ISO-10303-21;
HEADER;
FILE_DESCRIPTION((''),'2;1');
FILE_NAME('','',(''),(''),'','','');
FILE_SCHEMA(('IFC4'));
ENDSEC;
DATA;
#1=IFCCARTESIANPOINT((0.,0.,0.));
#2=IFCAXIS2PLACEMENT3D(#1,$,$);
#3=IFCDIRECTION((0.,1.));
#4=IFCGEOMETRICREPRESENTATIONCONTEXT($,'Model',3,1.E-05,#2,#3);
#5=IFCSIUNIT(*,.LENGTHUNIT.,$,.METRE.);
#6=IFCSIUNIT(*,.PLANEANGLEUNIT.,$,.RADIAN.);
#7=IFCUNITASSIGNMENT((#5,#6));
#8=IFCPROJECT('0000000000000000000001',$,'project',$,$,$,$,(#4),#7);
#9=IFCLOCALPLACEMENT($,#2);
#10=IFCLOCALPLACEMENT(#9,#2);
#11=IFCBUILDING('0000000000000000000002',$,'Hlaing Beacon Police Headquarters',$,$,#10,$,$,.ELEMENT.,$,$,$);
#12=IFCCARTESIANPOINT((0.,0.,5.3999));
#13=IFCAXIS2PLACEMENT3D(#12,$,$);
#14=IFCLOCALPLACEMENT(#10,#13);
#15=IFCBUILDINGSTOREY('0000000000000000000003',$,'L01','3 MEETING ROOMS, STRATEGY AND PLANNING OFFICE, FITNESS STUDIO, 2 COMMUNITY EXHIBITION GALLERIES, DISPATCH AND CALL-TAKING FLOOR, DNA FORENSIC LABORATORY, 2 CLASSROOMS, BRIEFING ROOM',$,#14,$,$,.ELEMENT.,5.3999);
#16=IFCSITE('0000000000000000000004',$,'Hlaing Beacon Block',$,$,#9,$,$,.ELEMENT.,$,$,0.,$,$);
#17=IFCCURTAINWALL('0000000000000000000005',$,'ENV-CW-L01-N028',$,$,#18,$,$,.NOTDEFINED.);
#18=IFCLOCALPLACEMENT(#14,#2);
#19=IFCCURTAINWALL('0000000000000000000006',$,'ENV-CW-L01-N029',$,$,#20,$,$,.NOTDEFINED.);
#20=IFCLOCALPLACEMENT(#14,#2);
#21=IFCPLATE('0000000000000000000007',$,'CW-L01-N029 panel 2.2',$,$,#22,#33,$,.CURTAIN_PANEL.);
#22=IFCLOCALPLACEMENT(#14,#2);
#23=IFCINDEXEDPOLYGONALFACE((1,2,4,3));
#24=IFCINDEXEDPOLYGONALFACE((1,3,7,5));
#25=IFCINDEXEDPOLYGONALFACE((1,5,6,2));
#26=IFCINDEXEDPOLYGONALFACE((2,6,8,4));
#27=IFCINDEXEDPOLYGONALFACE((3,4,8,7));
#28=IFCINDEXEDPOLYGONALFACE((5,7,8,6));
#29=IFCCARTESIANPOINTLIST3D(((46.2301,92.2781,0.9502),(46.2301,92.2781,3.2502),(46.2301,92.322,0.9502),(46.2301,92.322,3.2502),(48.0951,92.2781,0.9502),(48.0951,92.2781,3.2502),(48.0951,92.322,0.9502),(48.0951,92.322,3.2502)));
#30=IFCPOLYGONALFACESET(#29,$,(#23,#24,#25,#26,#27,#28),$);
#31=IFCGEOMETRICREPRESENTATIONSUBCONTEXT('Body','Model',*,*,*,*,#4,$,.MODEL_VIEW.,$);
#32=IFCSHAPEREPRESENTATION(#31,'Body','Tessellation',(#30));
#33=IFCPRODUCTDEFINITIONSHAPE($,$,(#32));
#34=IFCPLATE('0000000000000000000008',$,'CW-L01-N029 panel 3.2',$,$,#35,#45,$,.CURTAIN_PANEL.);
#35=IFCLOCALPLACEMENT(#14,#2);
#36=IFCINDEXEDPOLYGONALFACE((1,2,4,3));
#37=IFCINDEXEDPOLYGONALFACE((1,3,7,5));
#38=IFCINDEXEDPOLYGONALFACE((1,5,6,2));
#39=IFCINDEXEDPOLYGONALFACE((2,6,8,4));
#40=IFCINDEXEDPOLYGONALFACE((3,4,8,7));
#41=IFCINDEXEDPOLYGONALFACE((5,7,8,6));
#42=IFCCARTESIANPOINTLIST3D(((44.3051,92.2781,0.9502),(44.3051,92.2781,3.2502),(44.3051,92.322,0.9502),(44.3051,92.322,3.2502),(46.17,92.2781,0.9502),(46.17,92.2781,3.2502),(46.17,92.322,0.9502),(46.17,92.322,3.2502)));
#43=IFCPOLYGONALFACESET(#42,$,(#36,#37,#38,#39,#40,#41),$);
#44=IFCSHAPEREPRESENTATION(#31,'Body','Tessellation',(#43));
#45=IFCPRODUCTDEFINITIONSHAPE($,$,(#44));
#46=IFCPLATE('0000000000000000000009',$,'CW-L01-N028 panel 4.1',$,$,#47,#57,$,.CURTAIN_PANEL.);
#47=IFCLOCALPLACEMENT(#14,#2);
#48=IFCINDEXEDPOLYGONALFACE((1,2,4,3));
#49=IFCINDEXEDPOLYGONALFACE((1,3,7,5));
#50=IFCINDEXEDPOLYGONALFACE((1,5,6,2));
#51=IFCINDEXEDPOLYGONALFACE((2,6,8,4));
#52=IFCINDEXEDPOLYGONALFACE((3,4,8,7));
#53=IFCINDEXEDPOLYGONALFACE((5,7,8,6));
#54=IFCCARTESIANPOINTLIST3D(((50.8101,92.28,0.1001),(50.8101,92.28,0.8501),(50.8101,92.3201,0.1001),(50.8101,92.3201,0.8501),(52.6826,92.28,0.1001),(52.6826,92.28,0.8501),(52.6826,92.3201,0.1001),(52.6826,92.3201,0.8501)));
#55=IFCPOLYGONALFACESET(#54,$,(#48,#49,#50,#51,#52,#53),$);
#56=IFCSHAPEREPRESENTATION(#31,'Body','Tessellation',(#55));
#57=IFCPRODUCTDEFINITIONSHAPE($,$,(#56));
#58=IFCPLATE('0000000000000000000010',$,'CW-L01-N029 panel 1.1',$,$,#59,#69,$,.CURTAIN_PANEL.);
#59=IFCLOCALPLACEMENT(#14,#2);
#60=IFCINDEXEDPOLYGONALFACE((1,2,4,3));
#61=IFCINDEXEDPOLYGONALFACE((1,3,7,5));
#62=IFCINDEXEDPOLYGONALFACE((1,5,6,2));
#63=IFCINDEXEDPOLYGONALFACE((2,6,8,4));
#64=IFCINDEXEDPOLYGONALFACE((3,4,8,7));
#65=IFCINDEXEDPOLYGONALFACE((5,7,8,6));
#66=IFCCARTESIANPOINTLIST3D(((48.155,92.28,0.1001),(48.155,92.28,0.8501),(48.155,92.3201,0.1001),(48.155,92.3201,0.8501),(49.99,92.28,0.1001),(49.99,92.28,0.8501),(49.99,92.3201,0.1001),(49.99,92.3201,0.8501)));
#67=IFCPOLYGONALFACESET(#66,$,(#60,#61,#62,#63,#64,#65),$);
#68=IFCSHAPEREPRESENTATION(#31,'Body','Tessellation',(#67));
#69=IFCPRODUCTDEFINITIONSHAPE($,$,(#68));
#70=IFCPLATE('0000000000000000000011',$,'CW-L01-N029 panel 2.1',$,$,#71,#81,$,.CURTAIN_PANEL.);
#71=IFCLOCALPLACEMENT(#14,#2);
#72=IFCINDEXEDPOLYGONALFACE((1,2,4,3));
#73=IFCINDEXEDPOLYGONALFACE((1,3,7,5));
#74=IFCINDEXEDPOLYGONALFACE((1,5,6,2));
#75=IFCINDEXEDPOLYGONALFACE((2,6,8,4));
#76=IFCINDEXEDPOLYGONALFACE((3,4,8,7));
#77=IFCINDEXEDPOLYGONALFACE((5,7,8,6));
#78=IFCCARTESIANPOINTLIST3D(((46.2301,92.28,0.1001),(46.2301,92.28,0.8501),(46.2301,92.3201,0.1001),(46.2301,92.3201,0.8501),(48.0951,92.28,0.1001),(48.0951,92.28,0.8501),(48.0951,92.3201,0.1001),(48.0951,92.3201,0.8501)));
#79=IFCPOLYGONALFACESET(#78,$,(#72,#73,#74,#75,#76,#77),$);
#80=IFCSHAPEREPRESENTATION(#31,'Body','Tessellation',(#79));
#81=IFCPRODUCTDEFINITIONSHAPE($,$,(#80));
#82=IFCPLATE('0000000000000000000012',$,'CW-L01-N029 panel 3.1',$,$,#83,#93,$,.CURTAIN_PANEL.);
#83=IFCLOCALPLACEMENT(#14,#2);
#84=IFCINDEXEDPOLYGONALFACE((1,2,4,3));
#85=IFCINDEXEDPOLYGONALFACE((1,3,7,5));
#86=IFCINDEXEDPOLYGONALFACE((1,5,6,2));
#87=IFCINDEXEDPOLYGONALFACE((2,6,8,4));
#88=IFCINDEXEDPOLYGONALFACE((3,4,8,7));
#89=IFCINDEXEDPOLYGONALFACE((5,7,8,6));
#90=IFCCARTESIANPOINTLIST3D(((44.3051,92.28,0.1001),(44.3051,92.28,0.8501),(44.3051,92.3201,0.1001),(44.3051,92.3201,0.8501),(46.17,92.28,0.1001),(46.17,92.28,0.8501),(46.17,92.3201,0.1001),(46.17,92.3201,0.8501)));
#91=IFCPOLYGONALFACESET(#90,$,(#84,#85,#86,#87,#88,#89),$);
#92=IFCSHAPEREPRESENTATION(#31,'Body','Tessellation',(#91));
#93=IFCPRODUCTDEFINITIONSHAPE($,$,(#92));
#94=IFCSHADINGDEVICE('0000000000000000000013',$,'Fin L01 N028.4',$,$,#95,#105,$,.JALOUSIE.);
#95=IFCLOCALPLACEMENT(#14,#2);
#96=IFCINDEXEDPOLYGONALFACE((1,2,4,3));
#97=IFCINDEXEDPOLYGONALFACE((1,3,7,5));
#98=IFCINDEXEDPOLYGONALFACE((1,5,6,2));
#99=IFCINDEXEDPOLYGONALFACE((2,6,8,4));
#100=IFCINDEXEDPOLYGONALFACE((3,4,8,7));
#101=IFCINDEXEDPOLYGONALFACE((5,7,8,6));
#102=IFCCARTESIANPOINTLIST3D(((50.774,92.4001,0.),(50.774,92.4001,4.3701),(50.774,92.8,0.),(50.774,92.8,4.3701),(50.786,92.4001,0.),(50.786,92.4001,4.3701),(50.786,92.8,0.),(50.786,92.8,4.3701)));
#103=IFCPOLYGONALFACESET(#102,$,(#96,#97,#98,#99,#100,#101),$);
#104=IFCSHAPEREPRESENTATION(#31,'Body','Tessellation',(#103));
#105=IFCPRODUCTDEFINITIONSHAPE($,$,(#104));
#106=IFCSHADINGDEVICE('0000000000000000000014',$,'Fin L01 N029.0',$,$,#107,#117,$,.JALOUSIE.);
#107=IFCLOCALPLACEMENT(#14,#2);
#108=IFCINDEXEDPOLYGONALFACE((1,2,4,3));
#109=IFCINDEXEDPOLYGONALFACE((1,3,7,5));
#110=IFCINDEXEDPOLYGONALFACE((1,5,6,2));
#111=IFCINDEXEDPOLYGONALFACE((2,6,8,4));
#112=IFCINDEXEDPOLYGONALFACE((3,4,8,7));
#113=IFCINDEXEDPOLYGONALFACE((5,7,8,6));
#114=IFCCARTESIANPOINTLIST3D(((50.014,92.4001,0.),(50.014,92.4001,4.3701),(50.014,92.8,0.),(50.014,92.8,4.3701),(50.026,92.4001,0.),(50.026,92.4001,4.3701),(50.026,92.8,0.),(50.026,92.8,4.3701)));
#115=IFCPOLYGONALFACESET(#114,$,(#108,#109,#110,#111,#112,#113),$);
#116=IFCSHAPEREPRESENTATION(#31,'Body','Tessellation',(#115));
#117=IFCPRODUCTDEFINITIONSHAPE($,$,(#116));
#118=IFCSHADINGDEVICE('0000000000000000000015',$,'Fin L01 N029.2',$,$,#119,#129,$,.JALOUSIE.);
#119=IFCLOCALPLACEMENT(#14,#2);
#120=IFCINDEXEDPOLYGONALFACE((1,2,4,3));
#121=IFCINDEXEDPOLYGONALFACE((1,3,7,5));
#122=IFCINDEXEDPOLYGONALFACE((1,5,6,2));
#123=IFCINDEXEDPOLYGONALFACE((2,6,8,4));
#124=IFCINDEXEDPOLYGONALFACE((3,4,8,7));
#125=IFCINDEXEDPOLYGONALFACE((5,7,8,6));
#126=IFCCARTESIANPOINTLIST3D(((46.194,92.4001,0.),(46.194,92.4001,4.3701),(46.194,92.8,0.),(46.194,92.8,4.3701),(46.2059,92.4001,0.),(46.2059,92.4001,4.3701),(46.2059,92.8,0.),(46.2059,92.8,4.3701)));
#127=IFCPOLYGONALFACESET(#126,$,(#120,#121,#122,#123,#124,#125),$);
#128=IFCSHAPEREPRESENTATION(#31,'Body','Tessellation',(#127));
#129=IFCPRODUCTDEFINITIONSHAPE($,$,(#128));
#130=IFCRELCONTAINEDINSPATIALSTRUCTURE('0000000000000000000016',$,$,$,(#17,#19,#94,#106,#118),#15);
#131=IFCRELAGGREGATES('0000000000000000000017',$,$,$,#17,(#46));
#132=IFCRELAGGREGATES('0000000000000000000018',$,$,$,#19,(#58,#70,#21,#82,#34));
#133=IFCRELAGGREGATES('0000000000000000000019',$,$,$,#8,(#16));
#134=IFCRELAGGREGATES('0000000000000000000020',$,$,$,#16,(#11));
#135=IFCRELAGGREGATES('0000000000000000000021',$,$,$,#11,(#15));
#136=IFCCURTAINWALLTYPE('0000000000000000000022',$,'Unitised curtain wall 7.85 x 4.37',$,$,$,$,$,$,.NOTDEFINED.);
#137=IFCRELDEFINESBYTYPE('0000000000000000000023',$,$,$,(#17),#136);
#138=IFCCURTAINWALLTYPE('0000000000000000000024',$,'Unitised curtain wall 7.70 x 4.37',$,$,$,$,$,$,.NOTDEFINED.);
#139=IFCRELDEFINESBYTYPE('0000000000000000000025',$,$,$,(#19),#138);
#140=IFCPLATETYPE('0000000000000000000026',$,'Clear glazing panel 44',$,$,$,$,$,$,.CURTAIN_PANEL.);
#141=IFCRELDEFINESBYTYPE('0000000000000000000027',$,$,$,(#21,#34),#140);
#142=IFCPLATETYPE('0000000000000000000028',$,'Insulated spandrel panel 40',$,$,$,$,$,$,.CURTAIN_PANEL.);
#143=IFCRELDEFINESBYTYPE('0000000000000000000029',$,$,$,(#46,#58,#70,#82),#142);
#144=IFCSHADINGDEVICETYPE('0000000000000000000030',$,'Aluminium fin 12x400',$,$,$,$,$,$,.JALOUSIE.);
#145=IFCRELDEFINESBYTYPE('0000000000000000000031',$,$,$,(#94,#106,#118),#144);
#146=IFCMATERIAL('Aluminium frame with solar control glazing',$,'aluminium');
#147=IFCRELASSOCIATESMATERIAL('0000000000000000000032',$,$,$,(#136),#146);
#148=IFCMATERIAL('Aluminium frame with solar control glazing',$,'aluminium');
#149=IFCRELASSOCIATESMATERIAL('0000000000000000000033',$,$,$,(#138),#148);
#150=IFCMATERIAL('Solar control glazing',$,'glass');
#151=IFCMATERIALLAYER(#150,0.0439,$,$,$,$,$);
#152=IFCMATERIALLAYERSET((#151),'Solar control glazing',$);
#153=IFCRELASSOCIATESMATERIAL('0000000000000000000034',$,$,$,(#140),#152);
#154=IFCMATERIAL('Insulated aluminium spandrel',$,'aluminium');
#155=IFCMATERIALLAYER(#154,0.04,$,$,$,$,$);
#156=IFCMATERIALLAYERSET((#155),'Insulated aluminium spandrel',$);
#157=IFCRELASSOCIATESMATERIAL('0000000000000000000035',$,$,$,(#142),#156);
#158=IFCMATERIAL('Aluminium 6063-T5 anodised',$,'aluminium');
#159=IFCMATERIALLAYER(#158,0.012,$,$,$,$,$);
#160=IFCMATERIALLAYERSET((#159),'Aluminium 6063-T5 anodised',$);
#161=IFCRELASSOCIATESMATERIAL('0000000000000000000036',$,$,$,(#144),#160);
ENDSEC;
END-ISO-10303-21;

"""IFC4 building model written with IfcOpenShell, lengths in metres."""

from ifc_helpers import new_model, si_unit, direction, frame, origin, origin_2d, place, context, subcontext, project, spatial, rectangle, extrude, material, layer, layer_set, type_object, element, aggregate, save


model = new_model("IFC4")

# Units and contexts
model_context = context("Model", 3, precision=1e-05, world=origin(), true_north=direction((0.0, 1.0)))
body_context = subcontext(model_context, "Body", "Model", "MODEL_VIEW")
ifc_project = project(units=[si_unit("LENGTHUNIT", "METRE"), si_unit("PLANEANGLEUNIT", "RADIAN")], contexts=[model_context])

# Site, building, storey
site_placement = place(None, origin())
site = spatial("IfcSite", under=ifc_project, at=site_placement, Name="Hlaing Beacon Block", CompositionType="ELEMENT", RefElevation=0.0)
building_placement = place(site_placement, origin())
building = spatial("IfcBuilding", under=site, at=building_placement, Name="Hlaing Beacon Police Headquarters", CompositionType="ELEMENT")
storey_placement = place(building_placement, frame((0.0, 0.0, 5.3999)))
storey = spatial("IfcBuildingStorey", under=building, at=storey_placement, Name="L01", Description="3 MEETING ROOMS, STRATEGY AND PLANNING OFFICE, FITNESS STUDIO, 2 COMMUNITY EXHIBITION GALLERIES, DISPATCH AND CALL-TAKING FLOOR, DNA FORENSIC LABORATORY, 2 CLASSROOMS, BRIEFING ROOM", CompositionType="ELEMENT", Elevation=5.3999)

# Curtain wall
ifc_material_1 = material(Name="Aluminium frame with solar control glazing", Category="aluminium")
curtain_wall_type_1 = type_object("IfcCurtainWallType", Name="Unitised curtain wall 7.85 x 4.37", PredefinedType="NOTDEFINED", material=ifc_material_1)
curtain_wall_1_placement = place(storey_placement, origin())
curtain_wall_1 = element("IfcCurtainWall", 1, at=curtain_wall_1_placement, inside=storey, type_object=curtain_wall_type_1, Name="ENV-CW-L01-N028", PredefinedType="NOTDEFINED")

# Curtain wall, plates
ifc_material_2 = material(Name="Aluminium frame with solar control glazing", Category="aluminium")
curtain_wall_type_2 = type_object("IfcCurtainWallType", Name="Unitised curtain wall 7.70 x 4.37", PredefinedType="NOTDEFINED", material=ifc_material_2)
curtain_wall_2_placement = place(storey_placement, origin())
curtain_wall_2 = element("IfcCurtainWall", 2, at=curtain_wall_2_placement, inside=storey, type_object=curtain_wall_type_2, Name="ENV-CW-L01-N029", PredefinedType="NOTDEFINED")
ifc_material_3 = material(Name="Solar control glazing", Category="glass")
ifc_layer_1 = layer(ifc_material_3, 0.0439)
ifc_layer_set_1 = layer_set([ifc_layer_1], Name="Solar control glazing")
plate_type_1 = type_object("IfcPlateType", Name="Clear glazing panel 44", PredefinedType="CURTAIN_PANEL", material=ifc_layer_set_1)
plate_1_placement = place(storey_placement, frame((47.1626, 92.3, 0.9502), z_axis=(0.0, 0.0, 1.0), x_axis=(-1.0, 0.0, 0.0)))
plate_1 = element("IfcPlate", 3, at=plate_1_placement, type_object=plate_type_1, Name="CW-L01-N029 panel 2.2", PredefinedType="CURTAIN_PANEL", context=body_context, shape_type="SweptSolid", body=[
    extrude(rectangle(XDim=1.865, YDim=0.0439, at=origin_2d()), origin(), (0.0, 0.0, 1.0), 2.3),
])
plate_2_placement = place(storey_placement, frame((45.2375, 92.3, 0.9502), z_axis=(0.0, 0.0, 1.0), x_axis=(-1.0, 0.0, 0.0)))
plate_2 = element("IfcPlate", 4, at=plate_2_placement, type_object=plate_type_1, Name="CW-L01-N029 panel 3.2", PredefinedType="CURTAIN_PANEL", context=body_context, shape_type="SweptSolid", body=[
    extrude(rectangle(XDim=1.865, YDim=0.0439, at=origin_2d()), origin(), (0.0, 0.0, 1.0), 2.3),
])

# Plates
ifc_material_4 = material(Name="Insulated aluminium spandrel", Category="aluminium")
ifc_layer_2 = layer(ifc_material_4, 0.04)
ifc_layer_set_2 = layer_set([ifc_layer_2], Name="Insulated aluminium spandrel")
plate_type_2 = type_object("IfcPlateType", Name="Insulated spandrel panel 40", PredefinedType="CURTAIN_PANEL", material=ifc_layer_set_2)
plate_3_placement = place(storey_placement, frame((51.7463, 92.3, 0.1001), z_axis=(0.0, 0.0, 1.0), x_axis=(-1.0, 0.0, 0.0)))
plate_3 = element("IfcPlate", 5, at=plate_3_placement, type_object=plate_type_2, Name="CW-L01-N028 panel 4.1", PredefinedType="CURTAIN_PANEL", context=body_context, shape_type="SweptSolid", body=[
    extrude(rectangle(XDim=1.8726, YDim=0.04, at=origin_2d()), origin(), (0.0, 0.0, 1.0), 0.75),
])
aggregate(curtain_wall_1, [plate_3])
plate_4_placement = place(storey_placement, frame((49.0725, 92.3, 0.1001), z_axis=(0.0, 0.0, 1.0), x_axis=(-1.0, 0.0, 0.0)))
plate_4 = element("IfcPlate", 6, at=plate_4_placement, type_object=plate_type_2, Name="CW-L01-N029 panel 1.1", PredefinedType="CURTAIN_PANEL", context=body_context, shape_type="SweptSolid", body=[
    extrude(rectangle(XDim=1.835, YDim=0.04, at=origin_2d()), origin(), (0.0, 0.0, 1.0), 0.75),
])
plate_5_placement = place(storey_placement, frame((47.1626, 92.3, 0.1001), z_axis=(0.0, 0.0, 1.0), x_axis=(-1.0, 0.0, 0.0)))
plate_5 = element("IfcPlate", 7, at=plate_5_placement, type_object=plate_type_2, Name="CW-L01-N029 panel 2.1", PredefinedType="CURTAIN_PANEL", context=body_context, shape_type="SweptSolid", body=[
    extrude(rectangle(XDim=1.865, YDim=0.04, at=origin_2d()), origin(), (0.0, 0.0, 1.0), 0.75),
])
plate_6_placement = place(storey_placement, frame((45.2375, 92.3, 0.1001), z_axis=(0.0, 0.0, 1.0), x_axis=(-1.0, 0.0, 0.0)))
plate_6 = element("IfcPlate", 8, at=plate_6_placement, type_object=plate_type_2, Name="CW-L01-N029 panel 3.1", PredefinedType="CURTAIN_PANEL", context=body_context, shape_type="SweptSolid", body=[
    extrude(rectangle(XDim=1.865, YDim=0.04, at=origin_2d()), origin(), (0.0, 0.0, 1.0), 0.75),
])
aggregate(curtain_wall_2, [plate_4, plate_5, plate_1, plate_6, plate_2])

# Shading devices
ifc_material_5 = material(Name="Aluminium 6063-T5 anodised", Category="aluminium")
ifc_layer_3 = layer(ifc_material_5, 0.012)
ifc_layer_set_3 = layer_set([ifc_layer_3], Name="Aluminium 6063-T5 anodised")
shading_device_type = type_object("IfcShadingDeviceType", Name="Aluminium fin 12x400", PredefinedType="JALOUSIE", material=ifc_layer_set_3)
for number, where, z_axis, x_axis, name in (
    (9, (50.78, 92.6001, 0.0), (0.0, 0.0, 1.0), (-1.0, 0.0, 0.0), "Fin L01 N028.4"),
    (10, (50.02, 92.6001, 0.0), (0.0, 0.0, 1.0), (-1.0, 0.0, 0.0), "Fin L01 N029.0"),
    (11, (46.2, 92.6001, 0.0), (0.0, 0.0, 1.0), (-1.0, 0.0, 0.0), "Fin L01 N029.2"),
):
    element("IfcShadingDevice", number, at=place(storey_placement, frame(where, z_axis=z_axis, x_axis=x_axis)), inside=storey, type_object=shading_device_type, Name=name, PredefinedType="JALOUSIE", context=body_context, shape_type="SweptSolid", body=[
        extrude(rectangle(XDim=0.012, YDim=0.3999, at=origin_2d()), origin(), (0.0, 0.0, 1.0), 4.3701),
    ])

save(model, "model.ifc")
